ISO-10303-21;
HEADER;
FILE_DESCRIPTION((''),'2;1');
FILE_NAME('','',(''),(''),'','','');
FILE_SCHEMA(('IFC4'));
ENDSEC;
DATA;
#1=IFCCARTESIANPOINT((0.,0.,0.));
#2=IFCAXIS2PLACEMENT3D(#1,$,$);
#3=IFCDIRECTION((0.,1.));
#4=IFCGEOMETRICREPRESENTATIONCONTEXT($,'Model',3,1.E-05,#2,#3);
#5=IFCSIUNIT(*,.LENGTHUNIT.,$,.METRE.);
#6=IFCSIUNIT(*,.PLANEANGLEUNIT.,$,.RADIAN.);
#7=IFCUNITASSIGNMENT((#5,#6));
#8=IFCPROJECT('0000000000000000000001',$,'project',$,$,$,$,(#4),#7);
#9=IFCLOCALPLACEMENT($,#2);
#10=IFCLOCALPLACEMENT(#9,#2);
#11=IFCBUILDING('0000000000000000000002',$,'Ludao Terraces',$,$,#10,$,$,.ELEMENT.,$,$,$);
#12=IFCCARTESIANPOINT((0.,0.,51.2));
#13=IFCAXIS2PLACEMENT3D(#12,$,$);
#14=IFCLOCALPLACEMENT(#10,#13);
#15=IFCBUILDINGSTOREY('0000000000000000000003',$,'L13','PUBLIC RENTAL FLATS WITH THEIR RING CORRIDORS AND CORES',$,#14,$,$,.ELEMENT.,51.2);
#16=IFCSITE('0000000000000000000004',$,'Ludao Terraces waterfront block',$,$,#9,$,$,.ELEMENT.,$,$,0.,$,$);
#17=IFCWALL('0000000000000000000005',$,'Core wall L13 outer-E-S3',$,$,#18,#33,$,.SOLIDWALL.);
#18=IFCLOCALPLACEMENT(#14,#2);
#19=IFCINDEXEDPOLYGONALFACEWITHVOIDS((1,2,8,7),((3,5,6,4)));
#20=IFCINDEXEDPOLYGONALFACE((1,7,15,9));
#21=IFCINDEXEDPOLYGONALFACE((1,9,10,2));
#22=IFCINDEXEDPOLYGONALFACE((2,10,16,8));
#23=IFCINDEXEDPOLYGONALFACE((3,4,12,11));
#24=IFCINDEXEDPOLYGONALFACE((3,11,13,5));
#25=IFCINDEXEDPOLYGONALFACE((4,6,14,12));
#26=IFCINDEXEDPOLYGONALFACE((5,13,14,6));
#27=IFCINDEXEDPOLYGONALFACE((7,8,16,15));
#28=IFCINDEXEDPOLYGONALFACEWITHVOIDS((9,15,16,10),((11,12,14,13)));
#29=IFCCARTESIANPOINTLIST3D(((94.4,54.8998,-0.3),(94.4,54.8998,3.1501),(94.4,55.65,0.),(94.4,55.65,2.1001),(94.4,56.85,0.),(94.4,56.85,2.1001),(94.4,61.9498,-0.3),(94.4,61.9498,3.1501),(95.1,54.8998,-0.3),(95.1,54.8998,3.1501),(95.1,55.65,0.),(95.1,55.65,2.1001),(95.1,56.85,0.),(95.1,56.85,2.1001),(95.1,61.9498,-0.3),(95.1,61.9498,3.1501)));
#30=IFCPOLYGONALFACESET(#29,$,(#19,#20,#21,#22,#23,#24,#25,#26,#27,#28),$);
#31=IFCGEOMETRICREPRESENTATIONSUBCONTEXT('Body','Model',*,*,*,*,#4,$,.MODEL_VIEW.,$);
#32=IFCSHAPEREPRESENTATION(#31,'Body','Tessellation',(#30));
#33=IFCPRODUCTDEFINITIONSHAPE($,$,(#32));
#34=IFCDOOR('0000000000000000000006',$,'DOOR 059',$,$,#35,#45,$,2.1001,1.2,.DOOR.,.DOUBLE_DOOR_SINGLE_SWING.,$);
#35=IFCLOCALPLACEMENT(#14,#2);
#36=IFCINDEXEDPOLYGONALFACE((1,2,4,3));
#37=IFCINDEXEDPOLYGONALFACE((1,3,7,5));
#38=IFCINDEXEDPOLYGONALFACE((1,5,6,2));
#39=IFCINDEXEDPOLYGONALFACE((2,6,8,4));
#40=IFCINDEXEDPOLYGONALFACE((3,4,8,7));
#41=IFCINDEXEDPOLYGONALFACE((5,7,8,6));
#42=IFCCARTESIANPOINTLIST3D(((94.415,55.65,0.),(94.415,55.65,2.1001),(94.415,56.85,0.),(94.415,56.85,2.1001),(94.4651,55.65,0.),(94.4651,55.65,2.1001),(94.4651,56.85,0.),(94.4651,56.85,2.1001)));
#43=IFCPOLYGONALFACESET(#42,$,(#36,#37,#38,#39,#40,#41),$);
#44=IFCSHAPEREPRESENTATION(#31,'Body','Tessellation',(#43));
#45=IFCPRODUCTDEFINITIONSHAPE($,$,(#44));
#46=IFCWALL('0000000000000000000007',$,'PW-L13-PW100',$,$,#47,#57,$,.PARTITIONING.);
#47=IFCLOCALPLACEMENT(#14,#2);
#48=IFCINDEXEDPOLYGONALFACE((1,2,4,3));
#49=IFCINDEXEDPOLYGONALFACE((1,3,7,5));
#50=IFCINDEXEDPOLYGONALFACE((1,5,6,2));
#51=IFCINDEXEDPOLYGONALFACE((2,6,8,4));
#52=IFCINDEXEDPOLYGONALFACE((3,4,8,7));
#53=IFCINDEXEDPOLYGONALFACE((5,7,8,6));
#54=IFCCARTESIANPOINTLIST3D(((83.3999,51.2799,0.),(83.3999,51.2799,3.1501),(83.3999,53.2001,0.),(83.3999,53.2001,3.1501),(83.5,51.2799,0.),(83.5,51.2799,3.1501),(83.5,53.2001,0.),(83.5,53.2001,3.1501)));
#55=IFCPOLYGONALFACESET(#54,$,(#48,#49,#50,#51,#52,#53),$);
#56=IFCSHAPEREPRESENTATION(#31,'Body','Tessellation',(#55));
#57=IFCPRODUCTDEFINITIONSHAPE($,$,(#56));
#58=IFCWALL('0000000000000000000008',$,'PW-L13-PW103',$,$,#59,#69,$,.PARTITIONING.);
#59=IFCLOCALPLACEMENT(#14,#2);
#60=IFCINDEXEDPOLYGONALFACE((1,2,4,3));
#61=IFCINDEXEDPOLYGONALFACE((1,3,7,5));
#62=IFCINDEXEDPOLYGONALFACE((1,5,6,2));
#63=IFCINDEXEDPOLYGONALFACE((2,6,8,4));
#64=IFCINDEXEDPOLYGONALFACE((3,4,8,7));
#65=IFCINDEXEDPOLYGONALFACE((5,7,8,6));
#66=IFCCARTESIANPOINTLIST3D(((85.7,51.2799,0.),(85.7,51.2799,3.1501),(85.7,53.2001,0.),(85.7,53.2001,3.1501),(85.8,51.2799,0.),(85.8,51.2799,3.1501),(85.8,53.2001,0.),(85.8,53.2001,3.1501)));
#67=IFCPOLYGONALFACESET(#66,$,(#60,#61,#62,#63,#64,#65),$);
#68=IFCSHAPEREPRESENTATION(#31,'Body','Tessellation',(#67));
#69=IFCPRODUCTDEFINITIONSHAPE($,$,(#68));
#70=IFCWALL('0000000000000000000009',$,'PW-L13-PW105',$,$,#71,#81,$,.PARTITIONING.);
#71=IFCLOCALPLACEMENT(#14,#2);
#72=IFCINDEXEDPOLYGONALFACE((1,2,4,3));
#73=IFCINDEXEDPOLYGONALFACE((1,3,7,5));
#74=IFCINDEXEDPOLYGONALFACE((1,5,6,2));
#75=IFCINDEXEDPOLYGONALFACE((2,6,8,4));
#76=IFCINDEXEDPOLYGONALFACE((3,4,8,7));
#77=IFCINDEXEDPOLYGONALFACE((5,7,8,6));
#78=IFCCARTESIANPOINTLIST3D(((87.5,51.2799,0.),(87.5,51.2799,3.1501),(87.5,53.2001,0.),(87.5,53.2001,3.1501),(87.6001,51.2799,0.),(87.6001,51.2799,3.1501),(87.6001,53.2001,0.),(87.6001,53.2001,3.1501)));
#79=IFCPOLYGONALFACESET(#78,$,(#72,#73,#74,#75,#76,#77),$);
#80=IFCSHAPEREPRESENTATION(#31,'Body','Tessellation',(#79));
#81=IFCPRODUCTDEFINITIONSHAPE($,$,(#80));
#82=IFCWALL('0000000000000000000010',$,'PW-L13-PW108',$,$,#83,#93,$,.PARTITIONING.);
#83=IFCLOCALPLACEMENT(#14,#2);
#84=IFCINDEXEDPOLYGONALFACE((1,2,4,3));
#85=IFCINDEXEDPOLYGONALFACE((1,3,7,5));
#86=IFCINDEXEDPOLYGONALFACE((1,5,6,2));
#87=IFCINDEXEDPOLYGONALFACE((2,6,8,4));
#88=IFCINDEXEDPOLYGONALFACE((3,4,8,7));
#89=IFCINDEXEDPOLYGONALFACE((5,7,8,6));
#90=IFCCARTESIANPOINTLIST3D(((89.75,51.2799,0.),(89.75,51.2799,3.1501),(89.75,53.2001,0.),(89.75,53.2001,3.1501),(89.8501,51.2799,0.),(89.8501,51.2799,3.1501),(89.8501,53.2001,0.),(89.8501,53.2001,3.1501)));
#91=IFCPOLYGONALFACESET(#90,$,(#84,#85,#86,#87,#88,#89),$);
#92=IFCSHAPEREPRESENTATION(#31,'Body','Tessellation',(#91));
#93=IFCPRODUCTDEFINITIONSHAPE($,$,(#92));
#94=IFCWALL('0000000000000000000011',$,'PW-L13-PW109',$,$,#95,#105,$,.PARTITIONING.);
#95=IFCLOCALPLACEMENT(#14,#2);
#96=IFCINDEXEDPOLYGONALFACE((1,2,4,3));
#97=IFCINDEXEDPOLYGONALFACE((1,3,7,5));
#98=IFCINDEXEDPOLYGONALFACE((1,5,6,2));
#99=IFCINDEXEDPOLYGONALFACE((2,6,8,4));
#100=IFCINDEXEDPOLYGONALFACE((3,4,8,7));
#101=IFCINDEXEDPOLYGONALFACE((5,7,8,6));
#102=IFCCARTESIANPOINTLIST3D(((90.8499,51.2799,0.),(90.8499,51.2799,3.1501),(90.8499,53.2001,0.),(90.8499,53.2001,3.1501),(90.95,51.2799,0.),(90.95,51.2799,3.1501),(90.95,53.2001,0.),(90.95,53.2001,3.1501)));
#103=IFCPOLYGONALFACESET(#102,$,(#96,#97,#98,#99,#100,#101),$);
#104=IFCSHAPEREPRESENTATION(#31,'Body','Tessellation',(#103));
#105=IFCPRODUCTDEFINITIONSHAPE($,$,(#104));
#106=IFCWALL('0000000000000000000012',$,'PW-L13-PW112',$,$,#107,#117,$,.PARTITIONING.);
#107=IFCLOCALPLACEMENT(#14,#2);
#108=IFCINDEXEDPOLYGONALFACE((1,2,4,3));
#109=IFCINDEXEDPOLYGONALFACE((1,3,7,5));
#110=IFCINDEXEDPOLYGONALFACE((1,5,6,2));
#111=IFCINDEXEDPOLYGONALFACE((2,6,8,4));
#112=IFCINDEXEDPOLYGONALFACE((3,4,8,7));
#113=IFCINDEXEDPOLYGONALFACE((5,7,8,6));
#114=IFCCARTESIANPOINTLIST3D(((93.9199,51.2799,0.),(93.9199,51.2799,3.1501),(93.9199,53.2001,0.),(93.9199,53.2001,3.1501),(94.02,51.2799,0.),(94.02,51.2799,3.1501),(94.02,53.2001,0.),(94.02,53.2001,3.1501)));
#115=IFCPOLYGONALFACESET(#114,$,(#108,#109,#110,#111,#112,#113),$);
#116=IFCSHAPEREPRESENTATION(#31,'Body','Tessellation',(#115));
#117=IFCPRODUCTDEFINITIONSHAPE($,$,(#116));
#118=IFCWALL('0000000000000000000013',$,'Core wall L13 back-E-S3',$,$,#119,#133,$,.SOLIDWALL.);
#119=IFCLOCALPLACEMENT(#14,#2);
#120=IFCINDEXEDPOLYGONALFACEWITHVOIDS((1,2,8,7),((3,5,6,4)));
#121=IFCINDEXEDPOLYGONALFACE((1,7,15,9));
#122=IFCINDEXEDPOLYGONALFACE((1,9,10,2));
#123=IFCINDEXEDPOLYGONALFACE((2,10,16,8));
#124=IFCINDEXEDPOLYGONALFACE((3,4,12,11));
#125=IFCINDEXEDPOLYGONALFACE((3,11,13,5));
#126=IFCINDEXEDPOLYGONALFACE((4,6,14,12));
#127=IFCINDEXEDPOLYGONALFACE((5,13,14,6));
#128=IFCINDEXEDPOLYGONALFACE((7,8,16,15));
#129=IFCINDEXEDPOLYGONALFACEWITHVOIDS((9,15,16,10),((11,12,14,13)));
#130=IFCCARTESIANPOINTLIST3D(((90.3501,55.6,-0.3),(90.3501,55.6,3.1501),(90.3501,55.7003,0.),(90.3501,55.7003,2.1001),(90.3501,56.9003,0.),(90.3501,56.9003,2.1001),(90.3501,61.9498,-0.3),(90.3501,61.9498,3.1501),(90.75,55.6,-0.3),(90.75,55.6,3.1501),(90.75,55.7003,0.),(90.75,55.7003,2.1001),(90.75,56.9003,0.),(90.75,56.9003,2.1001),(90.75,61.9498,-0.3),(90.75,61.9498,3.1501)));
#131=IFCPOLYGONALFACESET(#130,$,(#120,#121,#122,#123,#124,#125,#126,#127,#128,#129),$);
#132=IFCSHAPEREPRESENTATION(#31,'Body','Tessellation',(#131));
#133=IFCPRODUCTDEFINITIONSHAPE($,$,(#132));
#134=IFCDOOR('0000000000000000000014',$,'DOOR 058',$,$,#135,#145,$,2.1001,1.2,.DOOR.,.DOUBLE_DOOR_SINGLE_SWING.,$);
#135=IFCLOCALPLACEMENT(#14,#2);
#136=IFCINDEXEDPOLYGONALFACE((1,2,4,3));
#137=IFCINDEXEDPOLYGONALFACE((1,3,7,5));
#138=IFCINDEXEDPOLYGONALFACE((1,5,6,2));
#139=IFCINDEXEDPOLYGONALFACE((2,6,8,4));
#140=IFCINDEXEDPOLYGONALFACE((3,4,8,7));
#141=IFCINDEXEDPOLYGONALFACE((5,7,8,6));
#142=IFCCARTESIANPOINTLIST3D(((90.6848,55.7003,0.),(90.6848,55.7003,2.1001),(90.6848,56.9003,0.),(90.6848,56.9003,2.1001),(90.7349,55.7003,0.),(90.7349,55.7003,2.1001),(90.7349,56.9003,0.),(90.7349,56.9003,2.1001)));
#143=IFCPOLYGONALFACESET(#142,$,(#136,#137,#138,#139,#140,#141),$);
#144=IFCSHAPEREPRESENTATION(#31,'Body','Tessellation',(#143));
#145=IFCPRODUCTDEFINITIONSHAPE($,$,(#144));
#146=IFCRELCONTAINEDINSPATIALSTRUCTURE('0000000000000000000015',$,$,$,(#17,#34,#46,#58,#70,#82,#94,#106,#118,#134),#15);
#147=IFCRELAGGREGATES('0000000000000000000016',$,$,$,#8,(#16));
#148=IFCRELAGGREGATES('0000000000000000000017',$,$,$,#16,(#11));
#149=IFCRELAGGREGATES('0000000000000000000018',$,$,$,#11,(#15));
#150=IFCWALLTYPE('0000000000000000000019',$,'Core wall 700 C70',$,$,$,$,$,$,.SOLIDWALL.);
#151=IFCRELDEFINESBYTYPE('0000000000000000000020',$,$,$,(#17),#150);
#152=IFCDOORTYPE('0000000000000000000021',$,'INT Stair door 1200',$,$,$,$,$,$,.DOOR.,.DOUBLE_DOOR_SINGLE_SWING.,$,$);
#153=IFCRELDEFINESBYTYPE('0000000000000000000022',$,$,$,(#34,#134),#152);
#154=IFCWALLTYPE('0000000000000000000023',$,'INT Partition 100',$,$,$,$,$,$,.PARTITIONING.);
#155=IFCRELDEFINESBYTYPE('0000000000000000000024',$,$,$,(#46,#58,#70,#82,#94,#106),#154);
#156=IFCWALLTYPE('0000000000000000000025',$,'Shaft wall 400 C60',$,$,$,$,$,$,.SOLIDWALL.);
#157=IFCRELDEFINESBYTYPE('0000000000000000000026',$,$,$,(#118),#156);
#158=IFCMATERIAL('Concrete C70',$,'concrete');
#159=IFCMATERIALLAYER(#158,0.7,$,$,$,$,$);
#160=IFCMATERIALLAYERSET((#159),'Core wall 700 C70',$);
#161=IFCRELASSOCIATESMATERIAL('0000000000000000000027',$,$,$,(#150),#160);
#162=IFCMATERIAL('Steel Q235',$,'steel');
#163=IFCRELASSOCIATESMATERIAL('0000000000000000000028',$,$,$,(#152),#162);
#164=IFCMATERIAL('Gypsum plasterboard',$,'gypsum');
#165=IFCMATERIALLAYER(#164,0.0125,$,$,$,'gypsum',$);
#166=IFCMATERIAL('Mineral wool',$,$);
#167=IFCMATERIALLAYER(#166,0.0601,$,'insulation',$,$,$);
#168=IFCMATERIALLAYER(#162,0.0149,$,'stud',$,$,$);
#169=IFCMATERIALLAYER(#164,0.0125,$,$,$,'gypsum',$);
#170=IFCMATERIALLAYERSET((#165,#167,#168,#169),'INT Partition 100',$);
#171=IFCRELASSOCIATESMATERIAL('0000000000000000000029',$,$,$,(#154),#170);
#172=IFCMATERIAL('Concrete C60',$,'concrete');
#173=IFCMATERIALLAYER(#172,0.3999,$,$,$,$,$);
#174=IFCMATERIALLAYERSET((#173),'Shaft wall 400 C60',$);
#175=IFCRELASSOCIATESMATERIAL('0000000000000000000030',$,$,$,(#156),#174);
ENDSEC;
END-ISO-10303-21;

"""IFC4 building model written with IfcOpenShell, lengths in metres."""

from ifc_helpers import new_model, si_unit, direction, frame, frame_2d, origin, place, context, subcontext, project, spatial, rectangle, extrude, material, layer, layer_set, type_object, element, fill, save


model = new_model("IFC4")

# Units and contexts
model_context = context("Model", 3, precision=1e-05, world=origin(), true_north=direction((0.0, 1.0)))
body_context = subcontext(model_context, "Body", "Model", "MODEL_VIEW")
ifc_project = project(units=[si_unit("LENGTHUNIT", "METRE"), si_unit("PLANEANGLEUNIT", "RADIAN")], contexts=[model_context])

# Site, building, storey
site_placement = place(None, origin())
site = spatial("IfcSite", under=ifc_project, at=site_placement, Name="Ludao Terraces waterfront block", CompositionType="ELEMENT", RefElevation=0.0)
building_placement = place(site_placement, origin())
building = spatial("IfcBuilding", under=site, at=building_placement, Name="Ludao Terraces", CompositionType="ELEMENT")
storey_placement = place(building_placement, frame((0.0, 0.0, 51.2)))
storey = spatial("IfcBuildingStorey", under=building, at=storey_placement, Name="L13", Description="PUBLIC RENTAL FLATS WITH THEIR RING CORRIDORS AND CORES", CompositionType="ELEMENT", Elevation=51.2)

# Wall, opening, door
ifc_material_1 = material(Name="Concrete C70", Category="concrete")
ifc_layer_1 = layer(ifc_material_1, 0.7)
ifc_layer_set_1 = layer_set([ifc_layer_1], Name="Core wall 700 C70")
wall_type_1 = type_object("IfcWallType", Name="Core wall 700 C70", PredefinedType="SOLIDWALL", material=ifc_layer_set_1)
wall_1_placement = place(storey_placement, frame((94.75, 54.8999, -0.3), z_axis=(0.0, 0.0, 1.0), x_axis=(0.0, 1.0, 0.0)))
wall_1 = element("IfcWall", 1, at=wall_1_placement, inside=storey, type_object=wall_type_1, Name="Core wall L13 outer-E-S3", PredefinedType="SOLIDWALL", context=body_context, shape_type="SweptSolid", body=[
    extrude(rectangle(XDim=7.05, YDim=0.7, at=frame_2d((3.5249, 0.0))), origin(), (0.0, 0.0, 1.0), 3.4502),
])
opening_1_placement = place(wall_1_placement, frame((0.75, 0.0, 0.3)))
opening_1 = element("IfcOpeningElement", 2, at=opening_1_placement, cuts=wall_1, PredefinedType="OPENING", context=body_context, shape_type="SweptSolid", body=[
    extrude(rectangle(XDim=1.2, YDim=2.1001, at=frame_2d((0.6001, 1.05))), frame((0.0, 0.3599, 0.0), z_axis=(0.0, -1.0, 0.0), x_axis=(1.0, 0.0, 0.0)), (0.0, 0.0, 1.0), 0.72),
])
ifc_material_2 = material(Name="Steel Q235", Category="steel")
door_type = type_object("IfcDoorType", Name="INT Stair door 1200", OperationType="DOUBLE_DOOR_SINGLE_SWING", PredefinedType="DOOR", material=ifc_material_2)
door_1_placement = place(opening_1_placement, origin())
door_1 = element("IfcDoor", 3, at=door_1_placement, inside=storey, type_object=door_type, Name="DOOR 059", OperationType="DOUBLE_DOOR_SINGLE_SWING", OverallHeight=2.1001, OverallWidth=1.2, PredefinedType="DOOR", context=body_context, shape_type="SweptSolid", body=[
    extrude(rectangle(XDim=1.2, YDim=2.1001, at=frame_2d((0.6001, 1.05))), frame((0.0, 0.335, 0.0), z_axis=(0.0, -1.0, 0.0), x_axis=(1.0, 0.0, 0.0)), (0.0, 0.0, 1.0), 0.05),
])
fill(opening_1, door_1)

# Walls
ifc_material_3 = material(Name="Gypsum plasterboard", Category="gypsum")
ifc_layer_2 = layer(ifc_material_3, 0.0125, Category="gypsum")
ifc_material_4 = material(Name="Mineral wool")
ifc_layer_3 = layer(ifc_material_4, 0.0601, Name="insulation")
ifc_layer_4 = layer(ifc_material_2, 0.0149, Name="stud")
ifc_layer_5 = layer(ifc_material_3, 0.0125, Category="gypsum")
ifc_layer_set_2 = layer_set([ifc_layer_2, ifc_layer_3, ifc_layer_4, ifc_layer_5], Name="INT Partition 100")
wall_type_2 = type_object("IfcWallType", Name="INT Partition 100", PredefinedType="PARTITIONING", material=ifc_layer_set_2)
for number, where, z_axis, x_axis, name in (
    (4, (83.45, 51.28, 0.0), (0.0, 0.0, 1.0), (0.0, 1.0, 0.0), "PW-L13-PW100"),
    (5, (85.75, 51.28, 0.0), (0.0, 0.0, 1.0), (0.0, 1.0, 0.0), "PW-L13-PW103"),
    (6, (87.55, 51.28, 0.0), (0.0, 0.0, 1.0), (0.0, 1.0, 0.0), "PW-L13-PW105"),
    (7, (89.8, 51.28, 0.0), (0.0, 0.0, 1.0), (0.0, 1.0, 0.0), "PW-L13-PW108"),
    (8, (90.8999, 51.28, 0.0), (0.0, 0.0, 1.0), (0.0, 1.0, 0.0), "PW-L13-PW109"),
    (9, (93.97, 51.28, 0.0), (0.0, 0.0, 1.0), (0.0, 1.0, 0.0), "PW-L13-PW112"),
):
    element("IfcWall", number, at=place(storey_placement, frame(where, z_axis=z_axis, x_axis=x_axis)), inside=storey, type_object=wall_type_2, Name=name, PredefinedType="PARTITIONING", context=body_context, shape_type="SweptSolid", body=[
        extrude(rectangle(XDim=1.9202, YDim=0.1001, at=frame_2d((0.96, 0.0))), origin(), (0.0, 0.0, 1.0), 3.1501),
    ])

# Wall, opening, door
ifc_material_5 = material(Name="Concrete C60", Category="concrete")
ifc_layer_6 = layer(ifc_material_5, 0.3999)
ifc_layer_set_3 = layer_set([ifc_layer_6], Name="Shaft wall 400 C60")
wall_type_3 = type_object("IfcWallType", Name="Shaft wall 400 C60", PredefinedType="SOLIDWALL", material=ifc_layer_set_3)
wall_2_placement = place(storey_placement, frame((90.55, 55.6001, -0.3), z_axis=(0.0, 0.0, 1.0), x_axis=(0.0, 1.0, 0.0)))
wall_2 = element("IfcWall", 10, at=wall_2_placement, inside=storey, type_object=wall_type_3, Name="Core wall L13 back-E-S3", PredefinedType="SOLIDWALL", context=body_context, shape_type="SweptSolid", body=[
    extrude(rectangle(XDim=6.3499, YDim=0.3999, at=frame_2d((3.1748, 0.0))), origin(), (0.0, 0.0, 1.0), 3.4502),
])
opening_2_placement = place(wall_2_placement, frame((0.1001, 0.0, 0.3)))
opening_2 = element("IfcOpeningElement", 11, at=opening_2_placement, cuts=wall_2, PredefinedType="OPENING", context=body_context, shape_type="SweptSolid", body=[
    extrude(rectangle(XDim=1.2, YDim=2.1001, at=frame_2d((0.6001, 1.05))), frame((0.0, 0.21, 0.0), z_axis=(0.0, -1.0, 0.0), x_axis=(1.0, 0.0, 0.0)), (0.0, 0.0, 1.0), 0.4199),
])
door_2_placement = place(opening_2_placement, origin())
door_2 = element("IfcDoor", 12, at=door_2_placement, inside=storey, type_object=door_type, Name="DOOR 058", OperationType="DOUBLE_DOOR_SINGLE_SWING", OverallHeight=2.1001, OverallWidth=1.2, PredefinedType="DOOR", context=body_context, shape_type="SweptSolid", body=[
    extrude(rectangle(XDim=1.2, YDim=2.1001, at=frame_2d((0.6001, 1.05))), frame((0.0, -0.1348, 0.0), z_axis=(0.0, -1.0, 0.0), x_axis=(1.0, 0.0, 0.0)), (0.0, 0.0, 1.0), 0.05),
])
fill(opening_2, door_2)

save(model, "model.ifc")
